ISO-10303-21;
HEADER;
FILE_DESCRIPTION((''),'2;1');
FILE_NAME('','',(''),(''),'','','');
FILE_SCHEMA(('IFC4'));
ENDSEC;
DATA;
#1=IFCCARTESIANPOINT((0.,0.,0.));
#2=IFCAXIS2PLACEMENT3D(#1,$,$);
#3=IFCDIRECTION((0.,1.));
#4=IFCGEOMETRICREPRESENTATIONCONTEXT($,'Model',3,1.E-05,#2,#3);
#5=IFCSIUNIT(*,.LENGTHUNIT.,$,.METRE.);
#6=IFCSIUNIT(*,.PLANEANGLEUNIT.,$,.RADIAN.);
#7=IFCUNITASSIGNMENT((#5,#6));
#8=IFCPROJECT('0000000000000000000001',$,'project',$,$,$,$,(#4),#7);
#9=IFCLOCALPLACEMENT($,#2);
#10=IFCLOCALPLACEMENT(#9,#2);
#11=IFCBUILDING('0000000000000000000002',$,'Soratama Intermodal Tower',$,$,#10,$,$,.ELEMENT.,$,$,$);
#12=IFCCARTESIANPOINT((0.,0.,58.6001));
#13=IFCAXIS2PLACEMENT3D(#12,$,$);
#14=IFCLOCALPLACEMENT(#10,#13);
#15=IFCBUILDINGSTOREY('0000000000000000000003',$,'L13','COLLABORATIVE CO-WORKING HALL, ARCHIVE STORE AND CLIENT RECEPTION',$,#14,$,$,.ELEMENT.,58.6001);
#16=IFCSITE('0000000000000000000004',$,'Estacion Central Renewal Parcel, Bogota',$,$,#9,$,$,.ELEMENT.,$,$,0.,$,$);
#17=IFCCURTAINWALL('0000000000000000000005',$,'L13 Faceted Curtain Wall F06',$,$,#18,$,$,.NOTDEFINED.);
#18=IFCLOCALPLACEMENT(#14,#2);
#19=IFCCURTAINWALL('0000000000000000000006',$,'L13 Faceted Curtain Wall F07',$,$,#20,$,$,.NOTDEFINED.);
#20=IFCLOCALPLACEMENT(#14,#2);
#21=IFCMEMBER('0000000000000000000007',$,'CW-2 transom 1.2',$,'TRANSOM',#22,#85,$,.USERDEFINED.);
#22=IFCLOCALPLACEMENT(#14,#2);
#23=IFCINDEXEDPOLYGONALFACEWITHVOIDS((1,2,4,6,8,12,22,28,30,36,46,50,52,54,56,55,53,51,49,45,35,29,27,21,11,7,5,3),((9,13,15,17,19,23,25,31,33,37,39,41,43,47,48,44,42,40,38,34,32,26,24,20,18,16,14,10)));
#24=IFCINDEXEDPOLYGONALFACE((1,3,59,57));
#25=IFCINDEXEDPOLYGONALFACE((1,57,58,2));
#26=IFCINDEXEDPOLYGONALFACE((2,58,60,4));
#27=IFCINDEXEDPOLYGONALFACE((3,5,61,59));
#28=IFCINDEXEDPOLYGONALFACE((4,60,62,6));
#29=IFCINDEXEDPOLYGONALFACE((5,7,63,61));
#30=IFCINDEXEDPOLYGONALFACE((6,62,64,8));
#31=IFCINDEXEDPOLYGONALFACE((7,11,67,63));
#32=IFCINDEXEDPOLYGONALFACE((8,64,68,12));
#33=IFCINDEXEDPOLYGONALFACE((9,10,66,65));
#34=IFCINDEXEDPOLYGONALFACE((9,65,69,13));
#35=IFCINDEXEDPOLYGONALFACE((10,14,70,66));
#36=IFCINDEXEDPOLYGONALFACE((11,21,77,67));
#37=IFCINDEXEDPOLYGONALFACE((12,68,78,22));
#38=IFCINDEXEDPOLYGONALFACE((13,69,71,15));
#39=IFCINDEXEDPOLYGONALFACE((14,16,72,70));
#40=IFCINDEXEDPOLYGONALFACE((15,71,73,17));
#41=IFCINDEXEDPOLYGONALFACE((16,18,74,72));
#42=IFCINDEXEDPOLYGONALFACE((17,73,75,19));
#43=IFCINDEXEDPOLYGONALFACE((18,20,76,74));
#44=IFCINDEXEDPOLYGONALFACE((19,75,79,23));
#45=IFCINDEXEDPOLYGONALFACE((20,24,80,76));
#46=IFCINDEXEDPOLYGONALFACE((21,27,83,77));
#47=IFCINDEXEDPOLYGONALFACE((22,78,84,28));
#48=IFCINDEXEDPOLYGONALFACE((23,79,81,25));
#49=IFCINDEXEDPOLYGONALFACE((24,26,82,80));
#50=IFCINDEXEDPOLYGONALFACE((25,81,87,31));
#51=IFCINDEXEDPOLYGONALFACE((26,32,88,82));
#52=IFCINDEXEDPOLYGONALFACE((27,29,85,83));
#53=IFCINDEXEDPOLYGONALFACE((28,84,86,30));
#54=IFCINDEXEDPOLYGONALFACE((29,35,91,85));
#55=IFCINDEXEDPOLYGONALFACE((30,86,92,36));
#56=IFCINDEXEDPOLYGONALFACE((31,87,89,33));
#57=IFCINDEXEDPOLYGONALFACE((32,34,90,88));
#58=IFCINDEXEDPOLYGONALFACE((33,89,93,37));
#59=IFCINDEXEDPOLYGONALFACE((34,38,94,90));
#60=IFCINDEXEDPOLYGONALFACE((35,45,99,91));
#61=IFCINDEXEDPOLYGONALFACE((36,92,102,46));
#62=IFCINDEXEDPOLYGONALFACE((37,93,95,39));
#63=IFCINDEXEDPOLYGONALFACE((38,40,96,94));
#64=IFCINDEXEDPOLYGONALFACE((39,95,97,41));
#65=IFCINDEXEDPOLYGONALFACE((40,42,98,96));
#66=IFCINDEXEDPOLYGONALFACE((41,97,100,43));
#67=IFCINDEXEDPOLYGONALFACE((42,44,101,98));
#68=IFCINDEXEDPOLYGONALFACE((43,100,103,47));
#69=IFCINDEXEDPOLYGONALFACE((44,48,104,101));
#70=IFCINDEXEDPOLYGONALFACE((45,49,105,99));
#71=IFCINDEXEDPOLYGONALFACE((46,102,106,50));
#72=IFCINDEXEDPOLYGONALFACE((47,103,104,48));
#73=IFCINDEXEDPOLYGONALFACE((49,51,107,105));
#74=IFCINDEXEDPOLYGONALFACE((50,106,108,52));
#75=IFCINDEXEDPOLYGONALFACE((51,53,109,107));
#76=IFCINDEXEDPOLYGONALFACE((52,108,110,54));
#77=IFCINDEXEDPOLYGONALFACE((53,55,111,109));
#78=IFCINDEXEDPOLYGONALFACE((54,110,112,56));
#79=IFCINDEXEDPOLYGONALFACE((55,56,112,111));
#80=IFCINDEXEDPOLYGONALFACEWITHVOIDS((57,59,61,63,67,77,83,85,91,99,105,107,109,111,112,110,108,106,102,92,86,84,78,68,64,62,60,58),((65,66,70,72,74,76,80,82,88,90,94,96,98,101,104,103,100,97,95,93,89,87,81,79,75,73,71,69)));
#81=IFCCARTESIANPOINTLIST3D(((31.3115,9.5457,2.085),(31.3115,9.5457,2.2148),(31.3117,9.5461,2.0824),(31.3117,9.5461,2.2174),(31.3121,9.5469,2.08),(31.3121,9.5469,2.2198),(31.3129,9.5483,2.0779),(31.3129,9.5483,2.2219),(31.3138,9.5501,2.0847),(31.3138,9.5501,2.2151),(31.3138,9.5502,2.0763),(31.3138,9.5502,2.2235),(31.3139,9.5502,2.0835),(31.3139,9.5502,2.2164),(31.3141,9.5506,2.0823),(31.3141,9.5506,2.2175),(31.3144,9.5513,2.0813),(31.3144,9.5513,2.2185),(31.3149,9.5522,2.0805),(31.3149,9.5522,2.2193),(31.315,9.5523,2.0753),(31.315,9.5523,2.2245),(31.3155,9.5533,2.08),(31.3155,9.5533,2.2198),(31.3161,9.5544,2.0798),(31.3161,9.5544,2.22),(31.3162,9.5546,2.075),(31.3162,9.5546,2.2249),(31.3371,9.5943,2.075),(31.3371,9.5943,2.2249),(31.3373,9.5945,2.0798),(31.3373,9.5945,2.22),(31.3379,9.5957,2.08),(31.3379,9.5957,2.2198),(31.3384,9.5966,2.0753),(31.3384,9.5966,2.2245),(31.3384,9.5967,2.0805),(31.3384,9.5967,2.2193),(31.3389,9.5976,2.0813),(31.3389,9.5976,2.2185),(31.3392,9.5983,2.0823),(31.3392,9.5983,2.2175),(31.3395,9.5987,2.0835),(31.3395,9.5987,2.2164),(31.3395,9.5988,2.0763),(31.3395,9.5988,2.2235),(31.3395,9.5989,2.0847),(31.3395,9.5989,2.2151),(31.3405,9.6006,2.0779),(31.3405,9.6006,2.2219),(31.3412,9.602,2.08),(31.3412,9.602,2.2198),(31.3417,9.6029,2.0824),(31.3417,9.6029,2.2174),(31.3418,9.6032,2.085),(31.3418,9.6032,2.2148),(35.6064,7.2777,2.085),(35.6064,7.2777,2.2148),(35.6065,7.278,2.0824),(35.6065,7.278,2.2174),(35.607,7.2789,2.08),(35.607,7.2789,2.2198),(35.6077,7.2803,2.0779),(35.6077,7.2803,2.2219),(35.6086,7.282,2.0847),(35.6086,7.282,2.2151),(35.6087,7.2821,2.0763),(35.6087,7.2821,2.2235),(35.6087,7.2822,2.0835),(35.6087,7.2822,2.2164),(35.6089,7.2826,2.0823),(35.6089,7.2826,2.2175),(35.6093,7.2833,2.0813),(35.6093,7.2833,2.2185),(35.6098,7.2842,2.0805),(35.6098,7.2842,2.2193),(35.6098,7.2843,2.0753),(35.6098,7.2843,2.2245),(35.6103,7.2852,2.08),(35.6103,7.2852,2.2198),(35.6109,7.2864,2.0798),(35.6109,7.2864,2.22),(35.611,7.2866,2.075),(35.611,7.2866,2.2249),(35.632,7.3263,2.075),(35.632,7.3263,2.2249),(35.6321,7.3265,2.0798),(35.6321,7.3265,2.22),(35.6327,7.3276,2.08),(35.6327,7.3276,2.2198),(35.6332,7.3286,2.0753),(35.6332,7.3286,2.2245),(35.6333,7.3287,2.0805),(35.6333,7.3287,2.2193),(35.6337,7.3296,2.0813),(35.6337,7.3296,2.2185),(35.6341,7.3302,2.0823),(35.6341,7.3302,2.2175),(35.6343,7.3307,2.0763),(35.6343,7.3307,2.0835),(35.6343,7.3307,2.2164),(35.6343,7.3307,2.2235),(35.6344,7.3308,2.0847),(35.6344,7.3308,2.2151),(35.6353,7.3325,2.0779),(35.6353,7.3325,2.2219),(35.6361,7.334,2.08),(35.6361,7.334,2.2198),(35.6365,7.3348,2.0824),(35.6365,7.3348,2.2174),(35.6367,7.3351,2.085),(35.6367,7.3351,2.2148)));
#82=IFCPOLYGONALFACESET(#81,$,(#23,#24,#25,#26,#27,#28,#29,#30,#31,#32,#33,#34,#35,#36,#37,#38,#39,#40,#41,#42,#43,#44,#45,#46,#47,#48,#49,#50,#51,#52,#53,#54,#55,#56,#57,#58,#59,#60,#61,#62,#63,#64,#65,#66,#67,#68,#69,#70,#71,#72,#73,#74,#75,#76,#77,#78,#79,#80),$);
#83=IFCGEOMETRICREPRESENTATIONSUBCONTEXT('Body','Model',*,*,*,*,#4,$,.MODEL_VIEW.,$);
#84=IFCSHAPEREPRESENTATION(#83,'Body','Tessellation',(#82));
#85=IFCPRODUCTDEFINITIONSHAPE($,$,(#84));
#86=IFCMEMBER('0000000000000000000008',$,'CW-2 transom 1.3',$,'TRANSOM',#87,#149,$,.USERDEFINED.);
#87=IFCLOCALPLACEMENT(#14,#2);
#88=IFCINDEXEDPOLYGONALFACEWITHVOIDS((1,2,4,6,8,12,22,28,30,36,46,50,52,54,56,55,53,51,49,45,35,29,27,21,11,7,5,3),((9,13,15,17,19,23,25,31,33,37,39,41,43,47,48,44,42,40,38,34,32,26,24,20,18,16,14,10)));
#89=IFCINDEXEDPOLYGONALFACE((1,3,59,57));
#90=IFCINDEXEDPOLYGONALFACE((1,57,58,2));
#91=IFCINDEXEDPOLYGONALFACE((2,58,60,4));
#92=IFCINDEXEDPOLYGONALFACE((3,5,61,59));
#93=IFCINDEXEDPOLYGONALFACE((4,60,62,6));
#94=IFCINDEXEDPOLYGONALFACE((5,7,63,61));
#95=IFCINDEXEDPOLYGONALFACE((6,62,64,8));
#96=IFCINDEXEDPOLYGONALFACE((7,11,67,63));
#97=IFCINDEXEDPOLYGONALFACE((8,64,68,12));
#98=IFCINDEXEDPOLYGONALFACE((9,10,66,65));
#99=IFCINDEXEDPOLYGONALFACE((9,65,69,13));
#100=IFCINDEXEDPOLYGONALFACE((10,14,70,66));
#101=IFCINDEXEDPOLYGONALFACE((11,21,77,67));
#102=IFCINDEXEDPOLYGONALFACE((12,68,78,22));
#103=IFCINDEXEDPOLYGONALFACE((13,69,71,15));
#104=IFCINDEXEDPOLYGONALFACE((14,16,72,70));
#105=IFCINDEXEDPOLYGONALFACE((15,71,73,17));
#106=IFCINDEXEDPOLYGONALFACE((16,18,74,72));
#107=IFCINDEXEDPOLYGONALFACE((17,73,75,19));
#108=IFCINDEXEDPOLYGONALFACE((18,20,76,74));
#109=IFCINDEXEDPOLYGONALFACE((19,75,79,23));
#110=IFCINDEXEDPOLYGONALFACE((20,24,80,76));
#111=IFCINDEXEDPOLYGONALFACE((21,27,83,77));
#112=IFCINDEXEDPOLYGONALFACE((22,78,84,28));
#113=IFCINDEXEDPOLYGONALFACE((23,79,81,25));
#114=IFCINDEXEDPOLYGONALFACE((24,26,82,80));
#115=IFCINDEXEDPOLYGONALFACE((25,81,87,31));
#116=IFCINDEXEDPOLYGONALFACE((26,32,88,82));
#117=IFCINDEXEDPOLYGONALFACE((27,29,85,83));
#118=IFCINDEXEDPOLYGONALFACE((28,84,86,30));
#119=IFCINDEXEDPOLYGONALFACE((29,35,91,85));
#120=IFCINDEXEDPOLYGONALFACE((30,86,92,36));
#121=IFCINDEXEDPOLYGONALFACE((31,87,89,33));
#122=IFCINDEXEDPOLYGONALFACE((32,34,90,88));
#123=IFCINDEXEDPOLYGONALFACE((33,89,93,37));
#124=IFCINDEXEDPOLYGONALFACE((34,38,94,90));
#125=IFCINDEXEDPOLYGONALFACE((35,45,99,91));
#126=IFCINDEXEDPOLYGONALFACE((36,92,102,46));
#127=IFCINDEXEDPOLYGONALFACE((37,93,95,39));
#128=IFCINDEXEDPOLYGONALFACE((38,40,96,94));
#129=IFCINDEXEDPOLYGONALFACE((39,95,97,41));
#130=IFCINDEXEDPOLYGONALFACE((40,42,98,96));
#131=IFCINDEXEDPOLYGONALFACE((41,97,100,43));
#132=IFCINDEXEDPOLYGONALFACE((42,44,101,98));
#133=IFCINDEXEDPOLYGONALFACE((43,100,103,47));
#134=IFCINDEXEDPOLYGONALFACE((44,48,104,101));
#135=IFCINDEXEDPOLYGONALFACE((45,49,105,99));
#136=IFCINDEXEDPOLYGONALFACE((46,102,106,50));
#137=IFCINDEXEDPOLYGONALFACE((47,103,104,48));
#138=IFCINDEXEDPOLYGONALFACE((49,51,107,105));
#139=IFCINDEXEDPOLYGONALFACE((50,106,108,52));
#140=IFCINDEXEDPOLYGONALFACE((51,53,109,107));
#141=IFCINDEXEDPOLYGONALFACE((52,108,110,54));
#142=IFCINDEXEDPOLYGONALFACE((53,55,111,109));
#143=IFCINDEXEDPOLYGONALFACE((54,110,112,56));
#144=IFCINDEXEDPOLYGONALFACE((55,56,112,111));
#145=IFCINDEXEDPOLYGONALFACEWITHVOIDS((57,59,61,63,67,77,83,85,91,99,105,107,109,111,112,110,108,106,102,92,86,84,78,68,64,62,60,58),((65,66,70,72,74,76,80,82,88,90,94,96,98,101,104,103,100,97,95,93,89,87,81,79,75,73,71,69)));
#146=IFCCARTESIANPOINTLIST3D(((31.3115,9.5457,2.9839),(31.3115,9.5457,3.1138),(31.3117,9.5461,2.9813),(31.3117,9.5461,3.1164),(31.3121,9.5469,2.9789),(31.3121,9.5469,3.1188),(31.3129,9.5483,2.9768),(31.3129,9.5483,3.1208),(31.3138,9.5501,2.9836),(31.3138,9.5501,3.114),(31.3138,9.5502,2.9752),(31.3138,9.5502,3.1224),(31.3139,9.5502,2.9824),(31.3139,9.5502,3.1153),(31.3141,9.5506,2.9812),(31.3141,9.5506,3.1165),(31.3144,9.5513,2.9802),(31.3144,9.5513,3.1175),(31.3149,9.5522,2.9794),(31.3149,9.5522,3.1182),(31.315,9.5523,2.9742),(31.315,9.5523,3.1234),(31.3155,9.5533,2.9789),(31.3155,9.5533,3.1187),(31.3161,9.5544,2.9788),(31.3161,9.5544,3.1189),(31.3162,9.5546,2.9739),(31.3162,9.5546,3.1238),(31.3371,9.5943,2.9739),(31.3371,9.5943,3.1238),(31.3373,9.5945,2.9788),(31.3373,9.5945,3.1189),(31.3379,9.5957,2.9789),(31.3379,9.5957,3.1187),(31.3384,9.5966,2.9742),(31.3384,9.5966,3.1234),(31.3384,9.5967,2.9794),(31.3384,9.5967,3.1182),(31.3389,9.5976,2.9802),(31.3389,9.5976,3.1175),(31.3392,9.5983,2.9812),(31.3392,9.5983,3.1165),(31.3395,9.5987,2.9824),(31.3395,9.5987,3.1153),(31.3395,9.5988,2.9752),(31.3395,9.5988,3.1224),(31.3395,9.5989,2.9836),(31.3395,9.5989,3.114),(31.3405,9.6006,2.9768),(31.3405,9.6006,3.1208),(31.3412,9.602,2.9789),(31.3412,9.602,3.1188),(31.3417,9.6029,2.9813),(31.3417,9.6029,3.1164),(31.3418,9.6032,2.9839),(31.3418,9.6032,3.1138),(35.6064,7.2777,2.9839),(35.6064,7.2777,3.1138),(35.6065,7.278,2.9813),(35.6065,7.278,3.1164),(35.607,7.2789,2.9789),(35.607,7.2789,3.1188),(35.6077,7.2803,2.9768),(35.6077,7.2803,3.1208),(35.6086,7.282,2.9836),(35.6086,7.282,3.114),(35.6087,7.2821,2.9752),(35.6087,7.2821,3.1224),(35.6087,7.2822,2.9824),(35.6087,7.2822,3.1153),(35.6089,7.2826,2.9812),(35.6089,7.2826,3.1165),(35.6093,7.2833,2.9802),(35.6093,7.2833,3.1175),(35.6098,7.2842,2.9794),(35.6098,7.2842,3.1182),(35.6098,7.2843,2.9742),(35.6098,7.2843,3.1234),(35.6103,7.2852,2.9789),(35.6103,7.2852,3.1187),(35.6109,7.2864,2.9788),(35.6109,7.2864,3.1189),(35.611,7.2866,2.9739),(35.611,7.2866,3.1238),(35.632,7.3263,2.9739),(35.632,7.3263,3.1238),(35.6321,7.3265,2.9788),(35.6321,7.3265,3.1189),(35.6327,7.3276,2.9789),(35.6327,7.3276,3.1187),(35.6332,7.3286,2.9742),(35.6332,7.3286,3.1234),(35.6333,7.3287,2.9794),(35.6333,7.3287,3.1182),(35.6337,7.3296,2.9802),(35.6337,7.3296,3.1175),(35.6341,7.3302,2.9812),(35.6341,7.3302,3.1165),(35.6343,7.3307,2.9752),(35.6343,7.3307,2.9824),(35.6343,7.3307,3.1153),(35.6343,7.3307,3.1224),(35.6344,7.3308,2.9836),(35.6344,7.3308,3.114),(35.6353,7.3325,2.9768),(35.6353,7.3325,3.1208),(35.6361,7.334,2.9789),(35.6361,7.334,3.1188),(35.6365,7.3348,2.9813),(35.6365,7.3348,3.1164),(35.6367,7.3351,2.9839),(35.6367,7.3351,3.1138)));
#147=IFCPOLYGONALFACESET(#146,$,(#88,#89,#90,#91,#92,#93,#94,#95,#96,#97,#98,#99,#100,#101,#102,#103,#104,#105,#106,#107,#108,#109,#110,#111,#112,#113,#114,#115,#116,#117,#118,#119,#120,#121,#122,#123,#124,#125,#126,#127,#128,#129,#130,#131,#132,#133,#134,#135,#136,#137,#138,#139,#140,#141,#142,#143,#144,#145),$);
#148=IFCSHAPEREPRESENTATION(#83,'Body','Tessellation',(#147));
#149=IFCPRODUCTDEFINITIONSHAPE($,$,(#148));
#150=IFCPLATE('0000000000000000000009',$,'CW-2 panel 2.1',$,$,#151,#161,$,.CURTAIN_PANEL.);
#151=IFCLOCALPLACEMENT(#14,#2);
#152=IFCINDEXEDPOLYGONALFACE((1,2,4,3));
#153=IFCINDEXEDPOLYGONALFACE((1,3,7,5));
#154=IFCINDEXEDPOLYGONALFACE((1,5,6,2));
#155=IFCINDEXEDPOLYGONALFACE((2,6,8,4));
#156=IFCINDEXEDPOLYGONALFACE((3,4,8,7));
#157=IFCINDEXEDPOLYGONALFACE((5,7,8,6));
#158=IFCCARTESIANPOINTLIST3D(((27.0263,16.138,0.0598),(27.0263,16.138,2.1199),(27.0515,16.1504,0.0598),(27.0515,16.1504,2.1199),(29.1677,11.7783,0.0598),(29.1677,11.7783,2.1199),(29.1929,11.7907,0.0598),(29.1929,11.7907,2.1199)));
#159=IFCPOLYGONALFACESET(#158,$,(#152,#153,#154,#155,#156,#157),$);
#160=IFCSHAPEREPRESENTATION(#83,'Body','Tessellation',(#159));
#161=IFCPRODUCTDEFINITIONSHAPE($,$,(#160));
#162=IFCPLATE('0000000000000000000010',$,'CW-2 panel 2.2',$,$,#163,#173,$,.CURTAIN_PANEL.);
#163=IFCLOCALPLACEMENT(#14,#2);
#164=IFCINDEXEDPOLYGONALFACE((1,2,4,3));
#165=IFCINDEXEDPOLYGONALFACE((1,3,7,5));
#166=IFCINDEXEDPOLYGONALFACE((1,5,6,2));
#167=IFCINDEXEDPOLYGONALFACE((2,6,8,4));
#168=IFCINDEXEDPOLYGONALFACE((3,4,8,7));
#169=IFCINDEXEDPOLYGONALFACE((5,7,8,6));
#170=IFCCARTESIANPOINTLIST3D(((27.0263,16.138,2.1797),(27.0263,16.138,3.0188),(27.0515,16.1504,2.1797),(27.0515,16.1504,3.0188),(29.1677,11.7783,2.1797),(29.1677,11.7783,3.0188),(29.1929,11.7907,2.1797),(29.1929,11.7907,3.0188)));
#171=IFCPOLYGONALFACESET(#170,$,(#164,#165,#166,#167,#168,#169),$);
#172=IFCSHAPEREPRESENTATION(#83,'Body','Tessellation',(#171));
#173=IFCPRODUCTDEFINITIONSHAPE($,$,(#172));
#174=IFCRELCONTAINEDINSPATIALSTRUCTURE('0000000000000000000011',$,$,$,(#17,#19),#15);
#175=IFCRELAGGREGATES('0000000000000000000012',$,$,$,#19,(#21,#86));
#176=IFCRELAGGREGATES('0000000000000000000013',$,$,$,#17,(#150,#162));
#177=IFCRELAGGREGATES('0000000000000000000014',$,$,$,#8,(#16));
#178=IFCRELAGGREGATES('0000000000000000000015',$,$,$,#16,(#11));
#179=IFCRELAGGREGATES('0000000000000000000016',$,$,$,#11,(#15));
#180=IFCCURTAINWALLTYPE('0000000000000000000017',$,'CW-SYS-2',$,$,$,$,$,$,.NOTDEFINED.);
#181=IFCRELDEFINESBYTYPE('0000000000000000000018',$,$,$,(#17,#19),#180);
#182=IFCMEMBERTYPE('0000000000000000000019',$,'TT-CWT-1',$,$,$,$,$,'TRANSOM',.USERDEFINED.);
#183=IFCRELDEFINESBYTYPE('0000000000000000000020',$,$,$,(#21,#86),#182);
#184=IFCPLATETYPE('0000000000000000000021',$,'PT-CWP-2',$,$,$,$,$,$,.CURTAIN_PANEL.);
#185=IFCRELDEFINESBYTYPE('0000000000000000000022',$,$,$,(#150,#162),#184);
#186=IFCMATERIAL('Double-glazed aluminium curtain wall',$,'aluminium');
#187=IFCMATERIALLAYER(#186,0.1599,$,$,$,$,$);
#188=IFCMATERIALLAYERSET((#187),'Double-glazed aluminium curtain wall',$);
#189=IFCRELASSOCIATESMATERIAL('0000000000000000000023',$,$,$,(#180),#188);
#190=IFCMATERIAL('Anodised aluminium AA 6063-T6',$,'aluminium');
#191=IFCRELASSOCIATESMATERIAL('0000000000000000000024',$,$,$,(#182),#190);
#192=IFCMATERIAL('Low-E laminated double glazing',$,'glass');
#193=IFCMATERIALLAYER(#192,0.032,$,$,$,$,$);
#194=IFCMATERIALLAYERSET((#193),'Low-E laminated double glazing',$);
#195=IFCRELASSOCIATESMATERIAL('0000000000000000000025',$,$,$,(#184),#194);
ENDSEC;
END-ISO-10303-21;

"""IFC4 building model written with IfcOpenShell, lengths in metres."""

from ifc_helpers import new_model, si_unit, direction, frame, origin, origin_2d, place, context, subcontext, project, spatial, rectangle, hollow_rectangle, extrude, material, layer, layer_set, material_profile, profile_set, type_object, element, aggregate, save


model = new_model("IFC4")

# Units and contexts
model_context = context("Model", 3, precision=1e-05, world=origin(), true_north=direction((0.0, 1.0)))
body_context = subcontext(model_context, "Body", "Model", "MODEL_VIEW")
ifc_project = project(units=[si_unit("LENGTHUNIT", "METRE"), si_unit("PLANEANGLEUNIT", "RADIAN")], contexts=[model_context])

# Site, building, storey
site_placement = place(None, origin())
site = spatial("IfcSite", under=ifc_project, at=site_placement, Name="Estacion Central Renewal Parcel, Bogota", CompositionType="ELEMENT", RefElevation=0.0)
building_placement = place(site_placement, origin())
building = spatial("IfcBuilding", under=site, at=building_placement, Name="Soratama Intermodal Tower", CompositionType="ELEMENT")
storey_placement = place(building_placement, frame((0.0, 0.0, 58.6001)))
storey = spatial("IfcBuildingStorey", under=building, at=storey_placement, Name="L13", Description="COLLABORATIVE CO-WORKING HALL, ARCHIVE STORE AND CLIENT RECEPTION", CompositionType="ELEMENT", Elevation=58.6001)

# Curtain walls
ifc_material_1 = material(Name="Double-glazed aluminium curtain wall", Category="aluminium")
ifc_layer_1 = layer(ifc_material_1, 0.1599)
ifc_layer_set_1 = layer_set([ifc_layer_1], Name="Double-glazed aluminium curtain wall")
curtain_wall_type = type_object("IfcCurtainWallType", Name="CW-SYS-2", PredefinedType="NOTDEFINED", material=ifc_layer_set_1)
curtain_wall_1_placement = place(storey_placement, origin())
curtain_wall_1 = element("IfcCurtainWall", 1, at=curtain_wall_1_placement, inside=storey, type_object=curtain_wall_type, Name="L13 Faceted Curtain Wall F06", PredefinedType="NOTDEFINED")
curtain_wall_2_placement = place(storey_placement, origin())
curtain_wall_2 = element("IfcCurtainWall", 2, at=curtain_wall_2_placement, inside=storey, type_object=curtain_wall_type, Name="L13 Faceted Curtain Wall F07", PredefinedType="NOTDEFINED")

# Members
ifc_material_2 = material(Name="Anodised aluminium AA 6063-T6", Category="aluminium")
ifc_material_profile_1 = material_profile(ifc_material_2, hollow_rectangle(XDim=0.0649, YDim=0.1499, WallThickness=0.0049, InnerFilletRadius=0.0049, OuterFilletRadius=0.01, at=origin_2d()), Name="CWT150X65X5")
ifc_profile_set_1 = profile_set([ifc_material_profile_1], Name="Anodised aluminium AA 6063-T6")
member_type_1 = type_object("IfcMemberType", Name="TT-CWT-1", ElementType="TRANSOM", PredefinedType="USERDEFINED", material=ifc_profile_set_1)
member_1_placement = place(storey_placement, frame((31.3267, 9.5745, 2.1499), z_axis=(0.884274, -0.466968, 0.0), x_axis=(0.466968, 0.884274, 0.0)))
member_1 = element("IfcMember", 3, at=member_1_placement, type_object=member_type_1, Name="CW-2 transom 1.2", ObjectType="TRANSOM", PredefinedType="USERDEFINED", context=body_context, shape_type="SweptSolid", body=[
    extrude(hollow_rectangle(XDim=0.0649, YDim=0.1499, WallThickness=0.0049, InnerFilletRadius=0.0049, OuterFilletRadius=0.01, at=origin_2d()), origin(), (0.0, 0.0, 1.0), 4.8569),
])
member_2_placement = place(storey_placement, frame((31.3267, 9.5745, 3.0488), z_axis=(0.884274, -0.466968, 0.0), x_axis=(0.466968, 0.884274, 0.0)))
member_2 = element("IfcMember", 4, at=member_2_placement, type_object=member_type_1, Name="CW-2 transom 1.3", ObjectType="TRANSOM", PredefinedType="USERDEFINED", context=body_context, shape_type="SweptSolid", body=[
    extrude(hollow_rectangle(XDim=0.0649, YDim=0.1499, WallThickness=0.0049, InnerFilletRadius=0.0049, OuterFilletRadius=0.01, at=origin_2d()), origin(), (0.0, 0.0, 1.0), 4.8569),
])
aggregate(curtain_wall_2, [member_1, member_2])

# Plates
ifc_material_3 = material(Name="Low-E laminated double glazing", Category="glass")
ifc_layer_2 = layer(ifc_material_3, 0.032)
ifc_layer_set_2 = layer_set([ifc_layer_2], Name="Low-E laminated double glazing")
plate_type = type_object("IfcPlateType", Name="PT-CWP-2", PredefinedType="CURTAIN_PANEL", material=ifc_layer_set_2)
plate_1_placement = place(storey_placement, frame((28.1096, 13.9644, 0.0598), z_axis=(0.0, 0.0, 1.0), x_axis=(0.440875, -0.897568, 0.0)))
plate_1 = element("IfcPlate", 5, at=plate_1_placement, type_object=plate_type, Name="CW-2 panel 2.1", PredefinedType="CURTAIN_PANEL", context=body_context, shape_type="SweptSolid", body=[
    extrude(rectangle(XDim=4.8572, YDim=0.0281, at=origin_2d()), origin(), (0.0, 0.0, 1.0), 2.0601),
])
plate_2_placement = place(storey_placement, frame((28.1096, 13.9644, 2.1797), z_axis=(0.0, 0.0, 1.0), x_axis=(0.440875, -0.897568, 0.0)))
plate_2 = element("IfcPlate", 6, at=plate_2_placement, type_object=plate_type, Name="CW-2 panel 2.2", PredefinedType="CURTAIN_PANEL", context=body_context, shape_type="SweptSolid", body=[
    extrude(rectangle(XDim=4.8572, YDim=0.0281, at=origin_2d()), origin(), (0.0, 0.0, 1.0), 0.8391),
])
aggregate(curtain_wall_1, [plate_1, plate_2])

save(model, "model.ifc")
